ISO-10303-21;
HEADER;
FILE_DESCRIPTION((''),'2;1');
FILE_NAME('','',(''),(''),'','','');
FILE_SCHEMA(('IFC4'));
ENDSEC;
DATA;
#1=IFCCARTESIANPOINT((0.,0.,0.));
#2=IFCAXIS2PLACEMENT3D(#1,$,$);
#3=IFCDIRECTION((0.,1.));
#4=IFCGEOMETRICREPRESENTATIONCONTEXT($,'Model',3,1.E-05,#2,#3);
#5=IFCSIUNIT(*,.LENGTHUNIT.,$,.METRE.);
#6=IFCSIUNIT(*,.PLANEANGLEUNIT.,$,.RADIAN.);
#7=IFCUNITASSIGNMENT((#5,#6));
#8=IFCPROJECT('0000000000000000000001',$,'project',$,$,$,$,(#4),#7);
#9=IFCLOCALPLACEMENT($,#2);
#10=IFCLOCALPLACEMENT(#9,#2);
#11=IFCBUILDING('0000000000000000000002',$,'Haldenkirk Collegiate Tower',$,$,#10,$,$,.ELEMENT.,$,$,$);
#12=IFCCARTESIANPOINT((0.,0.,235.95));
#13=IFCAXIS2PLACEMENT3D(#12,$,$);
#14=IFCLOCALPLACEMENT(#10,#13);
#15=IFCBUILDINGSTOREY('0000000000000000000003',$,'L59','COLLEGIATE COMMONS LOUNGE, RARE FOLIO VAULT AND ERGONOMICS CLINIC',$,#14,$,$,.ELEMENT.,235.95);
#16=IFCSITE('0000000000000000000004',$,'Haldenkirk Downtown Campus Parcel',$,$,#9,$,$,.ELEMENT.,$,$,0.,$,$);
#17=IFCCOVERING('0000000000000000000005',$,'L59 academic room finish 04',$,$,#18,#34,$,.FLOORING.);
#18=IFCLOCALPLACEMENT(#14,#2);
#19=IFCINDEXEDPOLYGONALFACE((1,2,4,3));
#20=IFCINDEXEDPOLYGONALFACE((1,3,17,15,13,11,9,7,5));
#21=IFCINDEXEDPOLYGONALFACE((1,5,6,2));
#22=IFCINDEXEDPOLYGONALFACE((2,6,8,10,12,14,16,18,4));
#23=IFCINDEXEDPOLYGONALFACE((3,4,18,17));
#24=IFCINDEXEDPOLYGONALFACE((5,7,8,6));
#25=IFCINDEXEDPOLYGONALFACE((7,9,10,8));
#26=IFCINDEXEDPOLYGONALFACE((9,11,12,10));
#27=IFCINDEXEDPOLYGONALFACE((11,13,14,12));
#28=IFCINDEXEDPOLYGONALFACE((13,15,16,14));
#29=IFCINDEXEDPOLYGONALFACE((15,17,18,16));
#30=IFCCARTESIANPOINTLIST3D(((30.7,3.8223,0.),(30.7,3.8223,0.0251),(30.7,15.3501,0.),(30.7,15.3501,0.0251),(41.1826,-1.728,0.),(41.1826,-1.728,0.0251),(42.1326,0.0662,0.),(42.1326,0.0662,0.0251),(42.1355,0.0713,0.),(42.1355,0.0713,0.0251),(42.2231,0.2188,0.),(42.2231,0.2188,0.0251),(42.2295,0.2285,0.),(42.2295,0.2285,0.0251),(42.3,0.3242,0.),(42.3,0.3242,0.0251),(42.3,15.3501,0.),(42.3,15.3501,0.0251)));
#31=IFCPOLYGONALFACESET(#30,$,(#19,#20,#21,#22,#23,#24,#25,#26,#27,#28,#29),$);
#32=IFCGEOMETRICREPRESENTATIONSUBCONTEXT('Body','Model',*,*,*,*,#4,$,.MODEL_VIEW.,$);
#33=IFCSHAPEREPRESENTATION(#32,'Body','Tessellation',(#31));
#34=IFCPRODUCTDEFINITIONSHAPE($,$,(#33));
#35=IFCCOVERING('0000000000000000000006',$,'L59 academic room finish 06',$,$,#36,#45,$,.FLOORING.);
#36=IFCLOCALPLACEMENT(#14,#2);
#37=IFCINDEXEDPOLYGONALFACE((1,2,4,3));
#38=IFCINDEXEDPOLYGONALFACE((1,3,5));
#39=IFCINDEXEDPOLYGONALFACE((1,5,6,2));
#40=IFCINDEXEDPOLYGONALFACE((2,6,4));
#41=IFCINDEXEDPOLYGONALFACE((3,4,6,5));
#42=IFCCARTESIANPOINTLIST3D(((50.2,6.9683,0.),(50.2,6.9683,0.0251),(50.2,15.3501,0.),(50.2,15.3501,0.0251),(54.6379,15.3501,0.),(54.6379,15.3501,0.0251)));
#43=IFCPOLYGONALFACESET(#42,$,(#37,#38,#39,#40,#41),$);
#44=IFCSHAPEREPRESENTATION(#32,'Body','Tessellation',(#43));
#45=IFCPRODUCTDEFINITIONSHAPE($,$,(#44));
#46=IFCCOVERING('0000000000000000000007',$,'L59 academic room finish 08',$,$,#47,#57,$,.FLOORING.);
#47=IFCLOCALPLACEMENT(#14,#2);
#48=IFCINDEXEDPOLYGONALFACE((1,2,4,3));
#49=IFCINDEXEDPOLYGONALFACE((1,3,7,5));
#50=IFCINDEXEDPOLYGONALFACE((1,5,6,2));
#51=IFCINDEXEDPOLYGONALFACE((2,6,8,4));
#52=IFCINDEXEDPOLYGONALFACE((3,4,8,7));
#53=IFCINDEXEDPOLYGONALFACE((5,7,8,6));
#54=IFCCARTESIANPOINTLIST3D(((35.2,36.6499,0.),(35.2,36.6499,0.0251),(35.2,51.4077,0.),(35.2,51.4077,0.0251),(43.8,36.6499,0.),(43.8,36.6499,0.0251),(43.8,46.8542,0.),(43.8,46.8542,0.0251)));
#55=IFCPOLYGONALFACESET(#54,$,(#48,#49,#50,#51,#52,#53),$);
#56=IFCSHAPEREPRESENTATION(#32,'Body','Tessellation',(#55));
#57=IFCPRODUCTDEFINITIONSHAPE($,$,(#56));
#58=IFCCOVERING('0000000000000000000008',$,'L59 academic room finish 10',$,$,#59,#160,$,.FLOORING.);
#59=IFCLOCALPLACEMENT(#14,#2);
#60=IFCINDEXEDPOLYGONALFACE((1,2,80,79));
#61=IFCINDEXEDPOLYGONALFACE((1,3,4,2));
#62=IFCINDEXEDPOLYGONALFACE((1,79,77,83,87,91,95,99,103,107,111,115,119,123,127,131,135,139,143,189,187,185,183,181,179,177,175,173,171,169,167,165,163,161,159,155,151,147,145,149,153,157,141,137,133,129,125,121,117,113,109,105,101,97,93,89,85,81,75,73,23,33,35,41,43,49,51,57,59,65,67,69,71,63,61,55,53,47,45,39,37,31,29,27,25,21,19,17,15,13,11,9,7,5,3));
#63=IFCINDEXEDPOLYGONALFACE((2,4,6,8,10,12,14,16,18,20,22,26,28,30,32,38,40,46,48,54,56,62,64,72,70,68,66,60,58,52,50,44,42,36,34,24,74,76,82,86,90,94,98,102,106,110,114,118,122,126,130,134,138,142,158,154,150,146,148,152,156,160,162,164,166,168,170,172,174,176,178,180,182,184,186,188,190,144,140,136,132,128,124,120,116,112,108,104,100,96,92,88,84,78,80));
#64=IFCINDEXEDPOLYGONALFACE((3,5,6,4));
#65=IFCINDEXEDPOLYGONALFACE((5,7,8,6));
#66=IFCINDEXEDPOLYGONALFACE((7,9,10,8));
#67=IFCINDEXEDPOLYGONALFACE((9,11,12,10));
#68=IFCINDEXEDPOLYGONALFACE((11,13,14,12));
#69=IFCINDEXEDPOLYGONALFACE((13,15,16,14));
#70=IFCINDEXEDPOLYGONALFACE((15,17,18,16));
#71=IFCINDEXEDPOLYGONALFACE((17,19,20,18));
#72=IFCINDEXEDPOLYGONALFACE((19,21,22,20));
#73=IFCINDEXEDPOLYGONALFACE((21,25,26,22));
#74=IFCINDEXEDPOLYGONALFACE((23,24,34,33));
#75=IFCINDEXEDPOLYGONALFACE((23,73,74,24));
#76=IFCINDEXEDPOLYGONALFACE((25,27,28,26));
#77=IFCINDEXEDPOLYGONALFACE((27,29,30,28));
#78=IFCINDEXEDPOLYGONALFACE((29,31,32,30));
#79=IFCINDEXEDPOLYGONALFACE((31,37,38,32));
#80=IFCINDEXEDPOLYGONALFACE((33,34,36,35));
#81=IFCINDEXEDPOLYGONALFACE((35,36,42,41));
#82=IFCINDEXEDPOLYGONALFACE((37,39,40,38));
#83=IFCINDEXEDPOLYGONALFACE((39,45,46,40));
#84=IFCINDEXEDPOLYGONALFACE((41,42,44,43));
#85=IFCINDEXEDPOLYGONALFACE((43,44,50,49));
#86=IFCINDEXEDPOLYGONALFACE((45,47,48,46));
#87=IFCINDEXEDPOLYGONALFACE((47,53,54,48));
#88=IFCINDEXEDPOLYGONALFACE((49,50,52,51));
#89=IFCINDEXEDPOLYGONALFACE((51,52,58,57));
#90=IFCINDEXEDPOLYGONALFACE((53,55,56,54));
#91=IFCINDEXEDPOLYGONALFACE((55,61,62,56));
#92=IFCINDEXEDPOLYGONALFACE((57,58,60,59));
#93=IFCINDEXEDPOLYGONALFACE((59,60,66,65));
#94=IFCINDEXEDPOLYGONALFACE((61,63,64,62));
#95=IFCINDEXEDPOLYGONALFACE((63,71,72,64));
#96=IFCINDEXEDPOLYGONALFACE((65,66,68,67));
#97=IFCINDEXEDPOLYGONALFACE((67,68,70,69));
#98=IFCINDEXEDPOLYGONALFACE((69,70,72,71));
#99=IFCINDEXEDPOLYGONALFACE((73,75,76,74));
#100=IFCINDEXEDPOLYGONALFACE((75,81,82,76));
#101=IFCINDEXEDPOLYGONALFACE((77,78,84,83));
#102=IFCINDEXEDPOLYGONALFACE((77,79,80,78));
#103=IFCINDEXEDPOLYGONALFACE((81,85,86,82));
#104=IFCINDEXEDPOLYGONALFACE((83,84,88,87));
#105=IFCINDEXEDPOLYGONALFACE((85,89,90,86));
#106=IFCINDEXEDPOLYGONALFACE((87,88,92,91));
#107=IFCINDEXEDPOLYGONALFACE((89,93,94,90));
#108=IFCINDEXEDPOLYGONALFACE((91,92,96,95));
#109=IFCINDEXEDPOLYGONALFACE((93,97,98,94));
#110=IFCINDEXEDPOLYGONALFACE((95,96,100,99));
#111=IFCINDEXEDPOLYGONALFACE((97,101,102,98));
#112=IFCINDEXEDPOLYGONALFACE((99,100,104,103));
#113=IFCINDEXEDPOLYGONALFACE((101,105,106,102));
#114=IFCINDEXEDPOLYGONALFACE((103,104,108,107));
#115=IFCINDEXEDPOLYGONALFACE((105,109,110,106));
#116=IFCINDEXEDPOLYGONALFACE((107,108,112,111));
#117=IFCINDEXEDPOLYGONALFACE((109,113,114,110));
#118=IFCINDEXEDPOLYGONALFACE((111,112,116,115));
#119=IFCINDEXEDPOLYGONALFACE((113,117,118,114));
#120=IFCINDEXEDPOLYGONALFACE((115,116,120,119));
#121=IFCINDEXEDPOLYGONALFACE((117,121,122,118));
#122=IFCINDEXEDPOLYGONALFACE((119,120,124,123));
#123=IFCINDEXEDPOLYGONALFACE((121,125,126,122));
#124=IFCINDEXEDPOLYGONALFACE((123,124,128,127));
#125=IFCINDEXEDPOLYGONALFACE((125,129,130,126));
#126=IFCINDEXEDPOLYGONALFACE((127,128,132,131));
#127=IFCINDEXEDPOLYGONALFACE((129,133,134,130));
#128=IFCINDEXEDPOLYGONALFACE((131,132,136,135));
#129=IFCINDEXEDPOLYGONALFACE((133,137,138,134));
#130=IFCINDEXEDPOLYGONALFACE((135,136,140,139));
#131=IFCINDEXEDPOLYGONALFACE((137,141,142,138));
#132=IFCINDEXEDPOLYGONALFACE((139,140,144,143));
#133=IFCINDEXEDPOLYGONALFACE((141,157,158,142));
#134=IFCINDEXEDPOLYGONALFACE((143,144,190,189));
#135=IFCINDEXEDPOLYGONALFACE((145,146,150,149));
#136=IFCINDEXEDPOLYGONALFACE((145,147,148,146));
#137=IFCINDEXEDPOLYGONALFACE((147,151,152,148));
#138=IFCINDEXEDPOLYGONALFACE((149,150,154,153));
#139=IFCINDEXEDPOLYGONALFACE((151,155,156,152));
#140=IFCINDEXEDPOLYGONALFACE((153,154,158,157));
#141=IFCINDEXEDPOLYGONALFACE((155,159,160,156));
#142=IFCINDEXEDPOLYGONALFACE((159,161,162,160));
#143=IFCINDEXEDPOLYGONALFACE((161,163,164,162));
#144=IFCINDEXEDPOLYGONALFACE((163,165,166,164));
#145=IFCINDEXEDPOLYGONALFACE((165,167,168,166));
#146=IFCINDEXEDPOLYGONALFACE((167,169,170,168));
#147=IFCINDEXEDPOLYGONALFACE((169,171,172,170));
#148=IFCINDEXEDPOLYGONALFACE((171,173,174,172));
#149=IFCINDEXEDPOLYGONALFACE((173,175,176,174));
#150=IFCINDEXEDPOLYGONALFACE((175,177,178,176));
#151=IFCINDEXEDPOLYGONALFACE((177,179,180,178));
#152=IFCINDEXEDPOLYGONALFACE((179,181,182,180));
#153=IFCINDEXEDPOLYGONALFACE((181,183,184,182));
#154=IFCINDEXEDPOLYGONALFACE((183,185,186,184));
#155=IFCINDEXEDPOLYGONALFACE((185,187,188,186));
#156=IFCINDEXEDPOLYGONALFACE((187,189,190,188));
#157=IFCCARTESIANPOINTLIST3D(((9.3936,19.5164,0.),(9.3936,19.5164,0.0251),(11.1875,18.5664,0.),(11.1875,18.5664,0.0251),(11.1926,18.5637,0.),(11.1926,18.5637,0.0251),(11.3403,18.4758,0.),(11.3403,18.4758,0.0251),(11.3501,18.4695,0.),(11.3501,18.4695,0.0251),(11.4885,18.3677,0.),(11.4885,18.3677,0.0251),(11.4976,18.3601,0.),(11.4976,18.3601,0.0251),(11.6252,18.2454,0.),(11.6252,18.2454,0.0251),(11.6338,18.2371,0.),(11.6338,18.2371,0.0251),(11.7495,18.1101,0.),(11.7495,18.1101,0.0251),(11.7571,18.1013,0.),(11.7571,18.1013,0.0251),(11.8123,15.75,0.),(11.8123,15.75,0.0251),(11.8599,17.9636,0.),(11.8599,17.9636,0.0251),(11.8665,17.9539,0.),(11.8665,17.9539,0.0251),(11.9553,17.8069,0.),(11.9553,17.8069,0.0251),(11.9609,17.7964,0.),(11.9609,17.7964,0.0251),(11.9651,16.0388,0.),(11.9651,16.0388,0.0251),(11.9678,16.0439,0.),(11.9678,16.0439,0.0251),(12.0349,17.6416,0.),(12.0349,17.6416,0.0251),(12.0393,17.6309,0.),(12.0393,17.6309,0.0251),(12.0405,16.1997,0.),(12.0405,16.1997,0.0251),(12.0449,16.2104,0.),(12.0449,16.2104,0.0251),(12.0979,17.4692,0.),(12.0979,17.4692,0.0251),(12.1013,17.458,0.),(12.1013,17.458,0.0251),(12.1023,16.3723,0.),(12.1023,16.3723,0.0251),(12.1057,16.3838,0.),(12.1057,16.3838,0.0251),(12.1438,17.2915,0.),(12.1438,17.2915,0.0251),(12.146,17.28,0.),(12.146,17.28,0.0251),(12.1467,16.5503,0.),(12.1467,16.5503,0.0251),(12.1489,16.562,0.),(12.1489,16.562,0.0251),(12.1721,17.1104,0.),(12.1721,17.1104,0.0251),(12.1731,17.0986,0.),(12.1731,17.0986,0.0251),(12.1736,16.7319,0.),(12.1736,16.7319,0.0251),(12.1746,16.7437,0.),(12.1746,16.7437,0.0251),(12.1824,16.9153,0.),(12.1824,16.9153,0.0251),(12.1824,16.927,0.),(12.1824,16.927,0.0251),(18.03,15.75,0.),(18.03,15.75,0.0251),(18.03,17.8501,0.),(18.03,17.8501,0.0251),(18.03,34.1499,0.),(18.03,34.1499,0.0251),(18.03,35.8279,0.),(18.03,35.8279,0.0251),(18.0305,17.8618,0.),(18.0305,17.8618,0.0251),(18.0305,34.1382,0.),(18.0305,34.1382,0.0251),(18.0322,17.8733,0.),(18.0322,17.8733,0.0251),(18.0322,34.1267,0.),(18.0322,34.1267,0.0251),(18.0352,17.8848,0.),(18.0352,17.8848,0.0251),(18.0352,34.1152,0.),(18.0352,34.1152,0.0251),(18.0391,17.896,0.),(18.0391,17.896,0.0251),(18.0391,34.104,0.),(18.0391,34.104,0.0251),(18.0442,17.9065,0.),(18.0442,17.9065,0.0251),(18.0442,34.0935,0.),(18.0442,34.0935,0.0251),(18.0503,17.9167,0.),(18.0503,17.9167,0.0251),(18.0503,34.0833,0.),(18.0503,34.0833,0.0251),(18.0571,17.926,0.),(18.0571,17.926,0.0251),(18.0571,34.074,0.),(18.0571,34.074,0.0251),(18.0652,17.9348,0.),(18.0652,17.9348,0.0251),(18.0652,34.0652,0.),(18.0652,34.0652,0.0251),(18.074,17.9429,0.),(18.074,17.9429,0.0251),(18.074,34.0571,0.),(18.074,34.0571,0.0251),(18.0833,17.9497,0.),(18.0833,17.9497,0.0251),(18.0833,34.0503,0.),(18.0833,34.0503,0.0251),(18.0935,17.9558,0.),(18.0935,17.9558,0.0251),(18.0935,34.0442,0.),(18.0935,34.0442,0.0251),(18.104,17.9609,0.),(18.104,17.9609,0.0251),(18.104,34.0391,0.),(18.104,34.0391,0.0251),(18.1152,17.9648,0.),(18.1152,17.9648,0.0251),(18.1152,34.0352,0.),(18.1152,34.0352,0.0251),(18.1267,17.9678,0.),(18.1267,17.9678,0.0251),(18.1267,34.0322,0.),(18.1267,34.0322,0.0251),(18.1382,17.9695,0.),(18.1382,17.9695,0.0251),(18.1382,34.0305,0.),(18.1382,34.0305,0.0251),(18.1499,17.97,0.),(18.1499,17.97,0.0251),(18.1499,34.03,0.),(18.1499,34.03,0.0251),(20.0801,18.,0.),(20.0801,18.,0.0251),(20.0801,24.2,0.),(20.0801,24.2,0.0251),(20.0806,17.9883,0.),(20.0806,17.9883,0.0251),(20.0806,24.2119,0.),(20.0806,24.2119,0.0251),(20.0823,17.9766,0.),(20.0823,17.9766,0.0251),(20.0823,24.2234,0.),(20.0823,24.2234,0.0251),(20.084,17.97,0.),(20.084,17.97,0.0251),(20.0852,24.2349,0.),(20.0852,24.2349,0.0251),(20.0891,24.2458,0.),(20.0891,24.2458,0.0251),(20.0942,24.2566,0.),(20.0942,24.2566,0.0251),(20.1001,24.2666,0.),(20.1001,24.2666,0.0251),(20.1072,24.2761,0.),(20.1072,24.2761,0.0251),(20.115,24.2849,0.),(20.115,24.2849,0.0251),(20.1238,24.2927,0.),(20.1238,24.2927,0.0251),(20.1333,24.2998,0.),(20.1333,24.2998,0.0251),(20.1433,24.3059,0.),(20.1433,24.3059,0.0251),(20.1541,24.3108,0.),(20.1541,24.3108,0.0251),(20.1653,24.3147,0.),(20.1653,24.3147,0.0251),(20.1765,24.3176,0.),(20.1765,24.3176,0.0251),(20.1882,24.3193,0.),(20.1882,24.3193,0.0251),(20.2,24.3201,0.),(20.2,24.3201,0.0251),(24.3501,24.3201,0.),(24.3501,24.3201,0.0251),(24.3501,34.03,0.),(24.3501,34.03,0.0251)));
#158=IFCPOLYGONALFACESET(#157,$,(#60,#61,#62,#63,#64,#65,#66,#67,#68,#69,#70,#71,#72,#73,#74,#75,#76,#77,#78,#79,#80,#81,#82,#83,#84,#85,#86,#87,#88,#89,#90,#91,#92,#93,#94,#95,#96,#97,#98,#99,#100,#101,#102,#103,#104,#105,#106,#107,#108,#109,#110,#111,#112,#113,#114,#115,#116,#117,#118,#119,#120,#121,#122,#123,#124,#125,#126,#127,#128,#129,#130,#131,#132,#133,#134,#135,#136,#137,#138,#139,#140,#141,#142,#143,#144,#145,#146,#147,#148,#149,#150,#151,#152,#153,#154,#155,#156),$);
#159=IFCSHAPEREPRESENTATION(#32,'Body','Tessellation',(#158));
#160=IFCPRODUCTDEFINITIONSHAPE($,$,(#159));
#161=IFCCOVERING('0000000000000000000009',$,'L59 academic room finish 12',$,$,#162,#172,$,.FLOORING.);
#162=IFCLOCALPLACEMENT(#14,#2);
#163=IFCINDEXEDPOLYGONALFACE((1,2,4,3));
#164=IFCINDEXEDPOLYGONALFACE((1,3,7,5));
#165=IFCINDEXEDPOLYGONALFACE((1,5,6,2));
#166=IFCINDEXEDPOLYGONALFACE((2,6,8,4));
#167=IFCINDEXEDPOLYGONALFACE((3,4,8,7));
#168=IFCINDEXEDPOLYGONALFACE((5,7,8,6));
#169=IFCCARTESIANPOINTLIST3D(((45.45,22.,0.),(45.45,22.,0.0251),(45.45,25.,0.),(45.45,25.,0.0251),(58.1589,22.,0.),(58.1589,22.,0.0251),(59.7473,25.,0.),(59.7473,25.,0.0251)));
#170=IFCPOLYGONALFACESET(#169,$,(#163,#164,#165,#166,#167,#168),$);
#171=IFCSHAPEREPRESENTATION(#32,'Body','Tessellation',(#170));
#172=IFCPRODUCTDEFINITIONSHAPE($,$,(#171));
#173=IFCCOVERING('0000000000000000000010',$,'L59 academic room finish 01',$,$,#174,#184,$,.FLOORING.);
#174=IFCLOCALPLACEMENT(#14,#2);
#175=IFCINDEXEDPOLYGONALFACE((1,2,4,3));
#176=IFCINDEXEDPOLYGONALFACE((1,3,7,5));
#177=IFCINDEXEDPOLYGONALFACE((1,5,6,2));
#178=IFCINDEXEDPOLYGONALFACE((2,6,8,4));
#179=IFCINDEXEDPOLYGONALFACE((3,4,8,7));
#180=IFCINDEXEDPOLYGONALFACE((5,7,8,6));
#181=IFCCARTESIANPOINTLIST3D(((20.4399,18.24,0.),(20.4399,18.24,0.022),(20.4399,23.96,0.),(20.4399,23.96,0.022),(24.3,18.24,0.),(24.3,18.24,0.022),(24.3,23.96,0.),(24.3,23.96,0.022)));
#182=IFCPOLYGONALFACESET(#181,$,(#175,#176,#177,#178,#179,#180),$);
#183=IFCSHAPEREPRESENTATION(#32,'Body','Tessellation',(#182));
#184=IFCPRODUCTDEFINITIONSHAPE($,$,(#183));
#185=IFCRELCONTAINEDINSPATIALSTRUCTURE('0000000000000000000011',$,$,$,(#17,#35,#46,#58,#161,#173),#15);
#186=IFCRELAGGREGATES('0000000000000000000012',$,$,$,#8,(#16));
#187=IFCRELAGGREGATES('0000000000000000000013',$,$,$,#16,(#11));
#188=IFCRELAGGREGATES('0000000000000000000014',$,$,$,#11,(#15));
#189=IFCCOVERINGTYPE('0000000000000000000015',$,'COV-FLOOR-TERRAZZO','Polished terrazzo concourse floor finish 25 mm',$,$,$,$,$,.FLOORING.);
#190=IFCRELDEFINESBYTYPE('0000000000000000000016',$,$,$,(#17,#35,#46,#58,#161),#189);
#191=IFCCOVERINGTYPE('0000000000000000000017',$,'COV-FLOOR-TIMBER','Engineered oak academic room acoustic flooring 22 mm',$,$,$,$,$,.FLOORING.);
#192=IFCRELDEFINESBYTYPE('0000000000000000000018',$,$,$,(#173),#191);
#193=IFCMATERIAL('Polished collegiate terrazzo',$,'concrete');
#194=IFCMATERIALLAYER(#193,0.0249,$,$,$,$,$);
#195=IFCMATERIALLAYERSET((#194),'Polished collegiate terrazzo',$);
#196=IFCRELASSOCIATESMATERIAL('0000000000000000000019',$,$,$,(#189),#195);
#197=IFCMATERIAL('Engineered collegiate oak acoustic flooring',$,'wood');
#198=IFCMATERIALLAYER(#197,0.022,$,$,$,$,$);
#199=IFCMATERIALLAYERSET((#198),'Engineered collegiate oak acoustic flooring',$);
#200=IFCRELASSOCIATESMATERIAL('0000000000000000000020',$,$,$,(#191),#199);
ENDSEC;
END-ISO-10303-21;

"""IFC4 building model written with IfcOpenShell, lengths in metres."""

from ifc_helpers import new_model, si_unit, direction, frame, origin, place, context, subcontext, project, spatial, polyline, outline, extrude, material, layer, layer_set, type_object, element, save


model = new_model("IFC4")

# Units and contexts
model_context = context("Model", 3, precision=1e-05, world=origin(), true_north=direction((0.0, 1.0)))
body_context = subcontext(model_context, "Body", "Model", "MODEL_VIEW")
ifc_project = project(units=[si_unit("LENGTHUNIT", "METRE"), si_unit("PLANEANGLEUNIT", "RADIAN")], contexts=[model_context])

# Site, building, storey
site_placement = place(None, origin())
site = spatial("IfcSite", under=ifc_project, at=site_placement, Name="Haldenkirk Downtown Campus Parcel", CompositionType="ELEMENT", RefElevation=0.0)
building_placement = place(site_placement, origin())
building = spatial("IfcBuilding", under=site, at=building_placement, Name="Haldenkirk Collegiate Tower", CompositionType="ELEMENT")
storey_placement = place(building_placement, frame((0.0, 0.0, 235.95)))
storey = spatial("IfcBuildingStorey", under=building, at=storey_placement, Name="L59", Description="COLLEGIATE COMMONS LOUNGE, RARE FOLIO VAULT AND ERGONOMICS CLINIC", CompositionType="ELEMENT", Elevation=235.95)

# Coverings
ifc_material_1 = material(Name="Polished collegiate terrazzo", Category="concrete")
ifc_layer_1 = layer(ifc_material_1, 0.0249)
ifc_layer_set_1 = layer_set([ifc_layer_1], Name="Polished collegiate terrazzo")
covering_type_1 = type_object("IfcCoveringType", Name="COV-FLOOR-TERRAZZO", Description="Polished terrazzo concourse floor finish 25 mm", PredefinedType="FLOORING", material=ifc_layer_set_1)
covering_1_placement = place(storey_placement, origin())
element("IfcCovering", 1, at=covering_1_placement, inside=storey, type_object=covering_type_1, Name="L59 academic room finish 04", PredefinedType="FLOORING", context=body_context, shape_type="SweptSolid", body=[
    extrude(outline(polyline([(42.2295, 0.2285), (42.2231, 0.2188), (42.1355, 0.0713), (42.1326, 0.0662), (41.1826, -1.728), (30.7, 3.8223), (30.7, 15.3501), (42.3, 15.3501), (42.3, 0.3242), (42.2295, 0.2285)])), origin(), (0.0, 0.0, 1.0), 0.0251),
])
covering_2_placement = place(storey_placement, origin())
element("IfcCovering", 2, at=covering_2_placement, inside=storey, type_object=covering_type_1, Name="L59 academic room finish 06", PredefinedType="FLOORING", context=body_context, shape_type="SweptSolid", body=[
    extrude(outline(polyline([(50.2, 6.9683), (50.2, 15.3501), (54.6379, 15.3501), (50.2, 6.9683)])), origin(), (0.0, 0.0, 1.0), 0.0251),
])
covering_3_placement = place(storey_placement, origin())
element("IfcCovering", 3, at=covering_3_placement, inside=storey, type_object=covering_type_1, Name="L59 academic room finish 08", PredefinedType="FLOORING", context=body_context, shape_type="SweptSolid", body=[
    extrude(outline(polyline([(43.8, 46.8542), (43.8, 36.6499), (35.2, 36.6499), (35.2, 51.4077), (43.8, 46.8542)])), origin(), (0.0, 0.0, 1.0), 0.0251),
])
covering_4_placement = place(storey_placement, origin())
element("IfcCovering", 4, at=covering_4_placement, inside=storey, type_object=covering_type_1, Name="L59 academic room finish 10", PredefinedType="FLOORING", context=body_context, shape_type="SweptSolid", body=[
    extrude(outline(polyline([(12.0405, 16.1997), (12.0449, 16.2104), (12.1023, 16.3723), (12.1057, 16.3838), (12.1467, 16.5503), (12.1489, 16.562), (12.1736, 16.7319), (12.1746, 16.7437), (12.1824, 16.9153), (12.1824, 16.927), (12.1731, 17.0986), (12.1721, 17.1104), (12.146, 17.28), (12.1438, 17.2915), (12.1013, 17.458), (12.0979, 17.4692), (12.0393, 17.6309), (12.0349, 17.6416), (11.9609, 17.7964), (11.9553, 17.8069), (11.8665, 17.9539), (11.8599, 17.9636), (11.7571, 18.1013), (11.7495, 18.1101), (11.6338, 18.2371), (11.6252, 18.2454), (11.4976, 18.3601), (11.4885, 18.3677), (11.3501, 18.4695), (11.3403, 18.4758), (11.1926, 18.5637), (11.1875, 18.5664), (9.3936, 19.5164), (18.03, 35.8279), (18.03, 34.1499), (18.0305, 34.1382), (18.0322, 34.1267), (18.0352, 34.1152), (18.0391, 34.104), (18.0442, 34.0935), (18.0503, 34.0833), (18.0571, 34.074), (18.0652, 34.0652), (18.074, 34.0571), (18.0833, 34.0503), (18.0935, 34.0442), (18.104, 34.0391), (18.1152, 34.0352), (18.1267, 34.0322), (18.1382, 34.0305), (18.1499, 34.03), (24.3501, 34.03), (24.3501, 24.3201), (20.2, 24.3201), (20.1882, 24.3193), (20.1765, 24.3176), (20.1653, 24.3147), (20.1541, 24.3108), (20.1433, 24.3059), (20.1333, 24.2998), (20.1238, 24.2927), (20.115, 24.2849), (20.1072, 24.2761), (20.1001, 24.2666), (20.0942, 24.2566), (20.0891, 24.2458), (20.0852, 24.2349), (20.0823, 24.2234), (20.0806, 24.2119), (20.0801, 24.2), (20.0801, 18.0), (20.0806, 17.9883), (20.0823, 17.9766), (20.084, 17.97), (18.1499, 17.97), (18.1382, 17.9695), (18.1267, 17.9678), (18.1152, 17.9648), (18.104, 17.9609), (18.0935, 17.9558), (18.0833, 17.9497), (18.074, 17.9429), (18.0652, 17.9348), (18.0571, 17.926), (18.0503, 17.9167), (18.0442, 17.9065), (18.0391, 17.896), (18.0352, 17.8848), (18.0322, 17.8733), (18.0305, 17.8618), (18.03, 17.8501), (18.03, 15.75), (11.8123, 15.75), (11.9651, 16.0388), (11.9678, 16.0439), (12.0405, 16.1997)])), origin(), (0.0, 0.0, 1.0), 0.0251),
])
covering_5_placement = place(storey_placement, origin())
element("IfcCovering", 5, at=covering_5_placement, inside=storey, type_object=covering_type_1, Name="L59 academic room finish 12", PredefinedType="FLOORING", context=body_context, shape_type="SweptSolid", body=[
    extrude(outline(polyline([(58.1589, 22.0), (45.45, 22.0), (45.45, 25.0), (59.7473, 25.0), (58.1589, 22.0)])), origin(), (0.0, 0.0, 1.0), 0.0251),
])
ifc_material_2 = material(Name="Engineered collegiate oak acoustic flooring", Category="wood")
ifc_layer_2 = layer(ifc_material_2, 0.022)
ifc_layer_set_2 = layer_set([ifc_layer_2], Name="Engineered collegiate oak acoustic flooring")
covering_type_2 = type_object("IfcCoveringType", Name="COV-FLOOR-TIMBER", Description="Engineered oak academic room acoustic flooring 22 mm", PredefinedType="FLOORING", material=ifc_layer_set_2)
covering_6_placement = place(storey_placement, origin())
element("IfcCovering", 6, at=covering_6_placement, inside=storey, type_object=covering_type_2, Name="L59 academic room finish 01", PredefinedType="FLOORING", context=body_context, shape_type="SweptSolid", body=[
    extrude(outline(polyline([(20.4399, 18.24), (20.4399, 23.96), (24.3, 23.96), (24.3, 18.24), (20.4399, 18.24)])), origin(), (0.0, 0.0, 1.0), 0.022),
])

save(model, "model.ifc")
